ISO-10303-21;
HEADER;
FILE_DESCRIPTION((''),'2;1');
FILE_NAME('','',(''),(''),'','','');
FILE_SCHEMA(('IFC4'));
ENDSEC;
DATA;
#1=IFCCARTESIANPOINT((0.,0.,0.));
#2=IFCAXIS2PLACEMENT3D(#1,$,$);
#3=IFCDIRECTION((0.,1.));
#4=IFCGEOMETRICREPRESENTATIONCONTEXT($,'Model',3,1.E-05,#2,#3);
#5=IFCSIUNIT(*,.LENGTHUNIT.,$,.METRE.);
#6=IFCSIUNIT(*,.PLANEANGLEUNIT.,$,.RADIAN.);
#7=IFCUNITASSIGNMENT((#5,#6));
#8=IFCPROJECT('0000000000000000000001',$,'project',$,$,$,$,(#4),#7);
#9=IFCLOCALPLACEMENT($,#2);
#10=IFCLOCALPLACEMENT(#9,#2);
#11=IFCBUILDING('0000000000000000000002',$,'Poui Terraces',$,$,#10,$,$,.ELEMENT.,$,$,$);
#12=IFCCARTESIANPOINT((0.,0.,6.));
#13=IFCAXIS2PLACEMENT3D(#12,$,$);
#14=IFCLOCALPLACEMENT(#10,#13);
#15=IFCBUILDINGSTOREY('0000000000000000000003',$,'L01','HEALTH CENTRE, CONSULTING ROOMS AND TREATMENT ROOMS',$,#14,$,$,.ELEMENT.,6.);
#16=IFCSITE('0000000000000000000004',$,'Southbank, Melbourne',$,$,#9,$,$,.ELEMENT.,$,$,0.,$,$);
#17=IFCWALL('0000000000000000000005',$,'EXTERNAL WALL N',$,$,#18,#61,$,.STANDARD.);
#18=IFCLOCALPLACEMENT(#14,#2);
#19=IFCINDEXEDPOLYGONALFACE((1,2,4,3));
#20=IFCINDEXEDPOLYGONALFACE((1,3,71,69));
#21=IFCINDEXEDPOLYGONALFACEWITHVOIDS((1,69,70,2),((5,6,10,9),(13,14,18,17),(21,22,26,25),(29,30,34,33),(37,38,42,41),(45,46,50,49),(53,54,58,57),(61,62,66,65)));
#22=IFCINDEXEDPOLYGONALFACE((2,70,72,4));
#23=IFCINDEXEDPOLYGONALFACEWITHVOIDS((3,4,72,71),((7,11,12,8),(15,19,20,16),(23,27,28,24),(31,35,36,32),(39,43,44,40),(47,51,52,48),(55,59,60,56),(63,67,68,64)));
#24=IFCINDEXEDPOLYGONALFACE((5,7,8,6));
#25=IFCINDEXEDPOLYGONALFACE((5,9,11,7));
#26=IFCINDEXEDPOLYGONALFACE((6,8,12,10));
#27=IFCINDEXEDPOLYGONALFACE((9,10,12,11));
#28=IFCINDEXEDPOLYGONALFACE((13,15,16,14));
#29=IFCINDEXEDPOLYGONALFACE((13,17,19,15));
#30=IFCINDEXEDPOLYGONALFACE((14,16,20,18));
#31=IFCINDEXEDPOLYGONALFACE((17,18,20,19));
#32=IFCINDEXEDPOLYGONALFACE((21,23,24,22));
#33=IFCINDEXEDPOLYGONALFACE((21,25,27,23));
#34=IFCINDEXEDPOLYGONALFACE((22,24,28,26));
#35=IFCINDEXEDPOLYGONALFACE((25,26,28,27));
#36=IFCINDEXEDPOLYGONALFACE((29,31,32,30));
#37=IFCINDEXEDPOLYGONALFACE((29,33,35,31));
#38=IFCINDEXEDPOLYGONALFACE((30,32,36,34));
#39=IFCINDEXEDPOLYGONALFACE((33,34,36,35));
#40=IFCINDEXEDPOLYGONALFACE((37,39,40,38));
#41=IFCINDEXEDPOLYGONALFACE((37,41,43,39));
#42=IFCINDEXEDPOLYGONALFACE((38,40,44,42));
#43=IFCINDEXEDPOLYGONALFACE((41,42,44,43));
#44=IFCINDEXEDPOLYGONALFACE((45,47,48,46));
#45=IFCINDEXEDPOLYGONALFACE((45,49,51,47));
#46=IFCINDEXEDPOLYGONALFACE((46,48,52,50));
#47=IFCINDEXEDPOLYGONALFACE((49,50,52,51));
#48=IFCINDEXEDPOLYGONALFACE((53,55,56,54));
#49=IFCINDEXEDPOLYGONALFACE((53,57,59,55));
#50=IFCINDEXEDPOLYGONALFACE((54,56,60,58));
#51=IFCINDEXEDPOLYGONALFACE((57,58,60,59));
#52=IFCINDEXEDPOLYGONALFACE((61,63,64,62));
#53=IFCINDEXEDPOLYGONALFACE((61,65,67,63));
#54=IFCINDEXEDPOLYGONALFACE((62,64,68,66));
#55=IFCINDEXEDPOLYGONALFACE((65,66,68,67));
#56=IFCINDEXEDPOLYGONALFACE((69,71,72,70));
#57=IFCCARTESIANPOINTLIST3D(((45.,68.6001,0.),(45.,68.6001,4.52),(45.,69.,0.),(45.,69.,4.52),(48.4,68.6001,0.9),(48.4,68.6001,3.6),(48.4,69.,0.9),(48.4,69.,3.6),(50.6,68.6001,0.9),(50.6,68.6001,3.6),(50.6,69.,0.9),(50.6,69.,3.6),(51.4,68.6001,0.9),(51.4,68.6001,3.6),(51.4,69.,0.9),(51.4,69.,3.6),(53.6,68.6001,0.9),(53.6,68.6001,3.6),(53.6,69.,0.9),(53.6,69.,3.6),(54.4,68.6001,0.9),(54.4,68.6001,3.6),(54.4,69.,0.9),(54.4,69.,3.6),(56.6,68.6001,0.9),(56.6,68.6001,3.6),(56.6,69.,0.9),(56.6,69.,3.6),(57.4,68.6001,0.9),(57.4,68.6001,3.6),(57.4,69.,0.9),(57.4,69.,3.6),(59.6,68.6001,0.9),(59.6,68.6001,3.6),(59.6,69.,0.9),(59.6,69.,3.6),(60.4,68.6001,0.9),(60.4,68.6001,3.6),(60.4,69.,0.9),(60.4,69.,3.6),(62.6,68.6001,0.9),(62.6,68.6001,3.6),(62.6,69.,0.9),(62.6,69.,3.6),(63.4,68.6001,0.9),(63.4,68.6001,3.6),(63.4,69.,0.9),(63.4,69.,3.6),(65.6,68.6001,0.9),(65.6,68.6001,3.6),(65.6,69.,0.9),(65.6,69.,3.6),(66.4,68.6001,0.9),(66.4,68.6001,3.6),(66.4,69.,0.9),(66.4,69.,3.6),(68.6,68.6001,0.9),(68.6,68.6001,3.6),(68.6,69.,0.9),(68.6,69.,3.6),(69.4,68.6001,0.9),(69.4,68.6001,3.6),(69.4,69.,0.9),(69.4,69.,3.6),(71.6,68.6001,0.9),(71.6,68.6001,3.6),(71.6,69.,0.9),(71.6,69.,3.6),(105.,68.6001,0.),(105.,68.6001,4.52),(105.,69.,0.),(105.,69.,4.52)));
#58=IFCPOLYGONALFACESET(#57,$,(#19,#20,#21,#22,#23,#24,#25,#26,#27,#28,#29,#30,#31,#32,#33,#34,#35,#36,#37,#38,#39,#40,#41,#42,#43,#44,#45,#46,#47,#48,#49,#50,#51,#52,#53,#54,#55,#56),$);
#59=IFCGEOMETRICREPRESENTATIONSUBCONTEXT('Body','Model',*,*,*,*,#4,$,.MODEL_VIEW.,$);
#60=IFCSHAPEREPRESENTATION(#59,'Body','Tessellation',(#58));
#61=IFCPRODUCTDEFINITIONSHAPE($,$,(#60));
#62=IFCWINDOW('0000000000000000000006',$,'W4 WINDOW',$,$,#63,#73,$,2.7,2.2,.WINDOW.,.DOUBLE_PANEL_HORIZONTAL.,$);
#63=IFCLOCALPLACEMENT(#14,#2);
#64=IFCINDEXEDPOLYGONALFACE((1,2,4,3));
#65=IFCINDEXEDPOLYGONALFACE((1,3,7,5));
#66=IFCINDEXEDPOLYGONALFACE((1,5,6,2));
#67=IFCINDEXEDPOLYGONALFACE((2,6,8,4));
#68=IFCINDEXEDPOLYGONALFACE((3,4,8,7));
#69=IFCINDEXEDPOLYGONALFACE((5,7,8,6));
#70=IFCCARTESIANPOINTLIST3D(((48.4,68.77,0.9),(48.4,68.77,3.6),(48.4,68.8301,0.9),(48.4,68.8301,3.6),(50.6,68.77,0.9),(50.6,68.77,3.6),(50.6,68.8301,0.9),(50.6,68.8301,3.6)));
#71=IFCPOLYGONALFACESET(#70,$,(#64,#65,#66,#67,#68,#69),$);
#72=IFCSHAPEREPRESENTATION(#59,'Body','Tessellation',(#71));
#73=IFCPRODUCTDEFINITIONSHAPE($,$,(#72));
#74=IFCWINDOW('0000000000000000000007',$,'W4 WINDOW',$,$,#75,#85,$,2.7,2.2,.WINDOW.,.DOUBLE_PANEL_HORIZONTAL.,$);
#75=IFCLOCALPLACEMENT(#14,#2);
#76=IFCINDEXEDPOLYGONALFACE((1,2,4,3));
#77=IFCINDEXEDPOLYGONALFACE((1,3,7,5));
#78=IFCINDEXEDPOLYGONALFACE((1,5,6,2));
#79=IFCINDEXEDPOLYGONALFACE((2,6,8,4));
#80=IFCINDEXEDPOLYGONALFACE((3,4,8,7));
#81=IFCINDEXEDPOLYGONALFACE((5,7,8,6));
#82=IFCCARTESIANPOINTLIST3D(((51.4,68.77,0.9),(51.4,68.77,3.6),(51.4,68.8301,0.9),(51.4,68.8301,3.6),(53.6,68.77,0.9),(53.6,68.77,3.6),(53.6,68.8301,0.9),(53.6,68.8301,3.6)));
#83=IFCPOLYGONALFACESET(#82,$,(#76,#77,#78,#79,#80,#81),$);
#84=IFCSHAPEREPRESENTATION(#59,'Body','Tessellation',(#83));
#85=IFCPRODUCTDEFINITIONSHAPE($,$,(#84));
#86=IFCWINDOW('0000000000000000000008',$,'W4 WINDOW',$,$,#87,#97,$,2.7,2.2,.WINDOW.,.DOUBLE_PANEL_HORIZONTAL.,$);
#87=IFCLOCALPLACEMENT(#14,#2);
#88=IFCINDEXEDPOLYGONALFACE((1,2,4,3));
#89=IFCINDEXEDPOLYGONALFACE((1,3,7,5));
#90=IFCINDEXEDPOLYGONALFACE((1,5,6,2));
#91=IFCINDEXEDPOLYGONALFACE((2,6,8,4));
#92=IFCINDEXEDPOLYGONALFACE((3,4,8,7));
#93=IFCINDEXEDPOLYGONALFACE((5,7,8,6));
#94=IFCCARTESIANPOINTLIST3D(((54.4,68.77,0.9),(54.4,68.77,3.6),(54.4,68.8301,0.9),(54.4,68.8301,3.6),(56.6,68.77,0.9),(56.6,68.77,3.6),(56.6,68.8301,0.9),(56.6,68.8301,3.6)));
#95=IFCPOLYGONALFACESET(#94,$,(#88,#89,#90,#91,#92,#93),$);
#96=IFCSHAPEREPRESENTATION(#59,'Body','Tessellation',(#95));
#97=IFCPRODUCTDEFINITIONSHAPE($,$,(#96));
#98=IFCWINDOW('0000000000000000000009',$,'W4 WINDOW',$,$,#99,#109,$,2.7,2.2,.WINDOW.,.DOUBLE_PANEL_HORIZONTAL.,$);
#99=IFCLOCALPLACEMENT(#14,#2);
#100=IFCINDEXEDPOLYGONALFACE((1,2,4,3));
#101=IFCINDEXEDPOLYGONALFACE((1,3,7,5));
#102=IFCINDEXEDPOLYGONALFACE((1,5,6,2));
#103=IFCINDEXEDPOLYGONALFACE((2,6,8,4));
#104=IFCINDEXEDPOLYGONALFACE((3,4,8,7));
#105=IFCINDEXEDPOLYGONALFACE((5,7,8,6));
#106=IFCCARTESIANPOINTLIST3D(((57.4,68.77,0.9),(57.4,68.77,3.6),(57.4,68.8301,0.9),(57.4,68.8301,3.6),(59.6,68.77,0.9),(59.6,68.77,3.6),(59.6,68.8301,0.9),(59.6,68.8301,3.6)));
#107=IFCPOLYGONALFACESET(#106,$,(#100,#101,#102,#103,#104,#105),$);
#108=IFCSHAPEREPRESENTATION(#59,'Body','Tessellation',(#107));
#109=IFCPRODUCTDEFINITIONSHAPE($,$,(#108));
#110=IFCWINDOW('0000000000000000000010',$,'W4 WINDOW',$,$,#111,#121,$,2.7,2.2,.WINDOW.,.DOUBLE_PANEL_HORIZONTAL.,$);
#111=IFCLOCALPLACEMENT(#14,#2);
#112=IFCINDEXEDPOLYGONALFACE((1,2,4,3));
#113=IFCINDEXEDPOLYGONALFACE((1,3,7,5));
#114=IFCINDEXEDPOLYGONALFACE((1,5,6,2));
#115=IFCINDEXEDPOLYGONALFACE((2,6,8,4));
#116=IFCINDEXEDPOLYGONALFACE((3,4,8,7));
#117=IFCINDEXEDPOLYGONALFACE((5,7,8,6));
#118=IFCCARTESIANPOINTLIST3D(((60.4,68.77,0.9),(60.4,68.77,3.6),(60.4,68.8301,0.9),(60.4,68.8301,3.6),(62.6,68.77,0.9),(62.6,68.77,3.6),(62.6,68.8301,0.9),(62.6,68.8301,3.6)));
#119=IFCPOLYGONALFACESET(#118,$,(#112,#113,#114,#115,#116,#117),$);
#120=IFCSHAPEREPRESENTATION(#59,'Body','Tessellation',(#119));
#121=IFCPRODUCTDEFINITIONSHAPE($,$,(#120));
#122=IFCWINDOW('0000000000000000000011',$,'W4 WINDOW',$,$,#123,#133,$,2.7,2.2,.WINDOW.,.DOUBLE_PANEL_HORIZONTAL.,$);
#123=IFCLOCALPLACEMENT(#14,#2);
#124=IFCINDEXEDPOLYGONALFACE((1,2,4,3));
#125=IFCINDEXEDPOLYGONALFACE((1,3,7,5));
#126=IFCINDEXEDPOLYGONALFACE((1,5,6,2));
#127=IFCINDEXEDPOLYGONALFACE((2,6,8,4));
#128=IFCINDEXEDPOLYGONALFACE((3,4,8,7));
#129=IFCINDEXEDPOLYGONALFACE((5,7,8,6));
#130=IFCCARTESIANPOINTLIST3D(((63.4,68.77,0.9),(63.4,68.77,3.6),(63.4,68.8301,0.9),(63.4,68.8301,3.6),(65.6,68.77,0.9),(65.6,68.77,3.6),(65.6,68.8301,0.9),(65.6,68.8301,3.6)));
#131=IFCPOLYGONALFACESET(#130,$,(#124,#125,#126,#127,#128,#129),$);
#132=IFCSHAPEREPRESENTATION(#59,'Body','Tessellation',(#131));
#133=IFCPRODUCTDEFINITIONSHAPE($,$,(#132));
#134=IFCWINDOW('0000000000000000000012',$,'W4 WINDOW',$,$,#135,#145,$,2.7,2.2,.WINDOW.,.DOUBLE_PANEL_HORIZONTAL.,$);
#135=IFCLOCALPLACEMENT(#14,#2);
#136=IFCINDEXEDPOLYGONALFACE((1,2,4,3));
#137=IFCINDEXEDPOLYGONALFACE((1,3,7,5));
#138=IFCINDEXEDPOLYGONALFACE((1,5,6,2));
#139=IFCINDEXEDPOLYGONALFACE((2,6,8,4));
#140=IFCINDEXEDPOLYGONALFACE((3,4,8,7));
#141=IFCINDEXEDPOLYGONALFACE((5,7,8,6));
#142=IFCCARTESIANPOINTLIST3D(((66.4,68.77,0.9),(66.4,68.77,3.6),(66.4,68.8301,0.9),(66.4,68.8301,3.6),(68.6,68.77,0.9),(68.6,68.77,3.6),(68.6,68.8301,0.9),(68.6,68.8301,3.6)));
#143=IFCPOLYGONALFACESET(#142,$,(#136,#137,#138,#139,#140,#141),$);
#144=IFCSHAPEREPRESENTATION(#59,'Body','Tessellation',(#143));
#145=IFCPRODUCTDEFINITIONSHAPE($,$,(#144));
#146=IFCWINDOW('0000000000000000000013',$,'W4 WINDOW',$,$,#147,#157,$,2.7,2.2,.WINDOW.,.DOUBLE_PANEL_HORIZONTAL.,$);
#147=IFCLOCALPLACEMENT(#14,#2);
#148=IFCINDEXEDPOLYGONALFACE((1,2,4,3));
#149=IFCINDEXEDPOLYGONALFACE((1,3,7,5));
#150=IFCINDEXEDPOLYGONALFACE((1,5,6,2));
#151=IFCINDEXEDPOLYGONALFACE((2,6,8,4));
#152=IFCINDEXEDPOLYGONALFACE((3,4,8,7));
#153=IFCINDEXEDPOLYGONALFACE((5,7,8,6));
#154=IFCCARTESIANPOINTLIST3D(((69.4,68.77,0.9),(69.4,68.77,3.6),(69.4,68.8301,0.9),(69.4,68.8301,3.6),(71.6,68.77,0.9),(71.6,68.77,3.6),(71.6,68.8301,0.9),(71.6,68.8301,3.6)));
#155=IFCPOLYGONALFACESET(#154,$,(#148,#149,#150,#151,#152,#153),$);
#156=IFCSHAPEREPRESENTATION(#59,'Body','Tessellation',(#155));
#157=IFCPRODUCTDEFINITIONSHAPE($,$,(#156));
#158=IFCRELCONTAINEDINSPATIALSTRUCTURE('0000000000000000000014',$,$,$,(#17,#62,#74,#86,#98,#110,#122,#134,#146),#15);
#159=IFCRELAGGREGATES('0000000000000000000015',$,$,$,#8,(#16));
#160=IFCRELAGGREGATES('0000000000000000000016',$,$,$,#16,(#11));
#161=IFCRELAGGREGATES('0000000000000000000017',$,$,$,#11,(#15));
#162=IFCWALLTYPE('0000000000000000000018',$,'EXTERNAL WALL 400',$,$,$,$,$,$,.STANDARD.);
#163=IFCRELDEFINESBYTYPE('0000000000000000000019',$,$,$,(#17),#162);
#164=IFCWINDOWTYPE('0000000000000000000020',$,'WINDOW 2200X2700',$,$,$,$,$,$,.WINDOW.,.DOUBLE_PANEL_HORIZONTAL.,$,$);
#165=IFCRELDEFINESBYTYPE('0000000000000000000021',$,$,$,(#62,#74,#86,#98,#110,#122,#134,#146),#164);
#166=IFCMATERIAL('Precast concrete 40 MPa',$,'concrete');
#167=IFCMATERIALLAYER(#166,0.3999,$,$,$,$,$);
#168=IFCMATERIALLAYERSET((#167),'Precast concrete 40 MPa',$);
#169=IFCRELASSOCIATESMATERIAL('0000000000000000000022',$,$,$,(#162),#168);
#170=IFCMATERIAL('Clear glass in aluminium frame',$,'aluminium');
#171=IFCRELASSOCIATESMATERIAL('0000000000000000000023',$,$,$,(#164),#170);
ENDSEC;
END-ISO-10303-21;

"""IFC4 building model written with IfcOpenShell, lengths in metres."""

from ifc_helpers import new_model, si_unit, direction, frame, frame_2d, origin, place, context, subcontext, project, spatial, rectangle, extrude, material, layer, layer_set, type_object, element, fill, save


model = new_model("IFC4")

# Units and contexts
model_context = context("Model", 3, precision=1e-05, world=origin(), true_north=direction((0.0, 1.0)))
body_context = subcontext(model_context, "Body", "Model", "MODEL_VIEW")
ifc_project = project(units=[si_unit("LENGTHUNIT", "METRE"), si_unit("PLANEANGLEUNIT", "RADIAN")], contexts=[model_context])

# Site, building, storey
site_placement = place(None, origin())
site = spatial("IfcSite", under=ifc_project, at=site_placement, Name="Southbank, Melbourne", CompositionType="ELEMENT", RefElevation=0.0)
building_placement = place(site_placement, origin())
building = spatial("IfcBuilding", under=site, at=building_placement, Name="Poui Terraces", CompositionType="ELEMENT")
storey_placement = place(building_placement, frame((0.0, 0.0, 6.0)))
storey = spatial("IfcBuildingStorey", under=building, at=storey_placement, Name="L01", Description="HEALTH CENTRE, CONSULTING ROOMS AND TREATMENT ROOMS", CompositionType="ELEMENT", Elevation=6.0)

# Wall, openings, windows
ifc_material_1 = material(Name="Precast concrete 40 MPa", Category="concrete")
ifc_layer_1 = layer(ifc_material_1, 0.3999)
ifc_layer_set_1 = layer_set([ifc_layer_1], Name="Precast concrete 40 MPa")
wall_type_1 = type_object("IfcWallType", Name="EXTERNAL WALL 400", PredefinedType="STANDARD", material=ifc_layer_set_1)
wall_1_placement = place(storey_placement, frame((105.0, 68.8, 0.0), z_axis=(0.0, 0.0, 1.0), x_axis=(-1.0, 0.0, 0.0)))
wall_1 = element("IfcWall", 1, at=wall_1_placement, inside=storey, type_object=wall_type_1, Name="EXTERNAL WALL N", PredefinedType="STANDARD", context=body_context, shape_type="SweptSolid", body=[
    extrude(rectangle(XDim=60.0, YDim=0.3999, at=frame_2d((30.0, 0.0))), origin(), (0.0, 0.0, 1.0), 4.52),
])
opening_1_placement = place(wall_1_placement, frame((54.3999, 0.0, 0.8999)))
opening_1 = element("IfcOpeningElement", 2, at=opening_1_placement, cuts=wall_1, PredefinedType="OPENING", context=body_context, shape_type="SweptSolid", body=[
    extrude(rectangle(XDim=2.2, YDim=2.7, at=frame_2d((1.1001, 1.3501))), frame((0.0, 0.21, 0.0), z_axis=(0.0, -1.0, 0.0), x_axis=(1.0, 0.0, 0.0)), (0.0, 0.0, 1.0), 0.4199),
])
opening_2_placement = place(wall_1_placement, frame((51.3999, 0.0, 0.8999)))
opening_2 = element("IfcOpeningElement", 3, at=opening_2_placement, cuts=wall_1, PredefinedType="OPENING", context=body_context, shape_type="SweptSolid", body=[
    extrude(rectangle(XDim=2.2, YDim=2.7, at=frame_2d((1.1001, 1.3501))), frame((0.0, 0.21, 0.0), z_axis=(0.0, -1.0, 0.0), x_axis=(1.0, 0.0, 0.0)), (0.0, 0.0, 1.0), 0.4199),
])
opening_3_placement = place(wall_1_placement, frame((48.3999, 0.0, 0.8999)))
opening_3 = element("IfcOpeningElement", 4, at=opening_3_placement, cuts=wall_1, PredefinedType="OPENING", context=body_context, shape_type="SweptSolid", body=[
    extrude(rectangle(XDim=2.2, YDim=2.7, at=frame_2d((1.1001, 1.3501))), frame((0.0, 0.21, 0.0), z_axis=(0.0, -1.0, 0.0), x_axis=(1.0, 0.0, 0.0)), (0.0, 0.0, 1.0), 0.4199),
])
opening_4_placement = place(wall_1_placement, frame((45.3999, 0.0, 0.8999)))
opening_4 = element("IfcOpeningElement", 5, at=opening_4_placement, cuts=wall_1, PredefinedType="OPENING", context=body_context, shape_type="SweptSolid", body=[
    extrude(rectangle(XDim=2.2, YDim=2.7, at=frame_2d((1.1001, 1.3501))), frame((0.0, 0.21, 0.0), z_axis=(0.0, -1.0, 0.0), x_axis=(1.0, 0.0, 0.0)), (0.0, 0.0, 1.0), 0.4199),
])
opening_5_placement = place(wall_1_placement, frame((42.3999, 0.0, 0.8999)))
opening_5 = element("IfcOpeningElement", 6, at=opening_5_placement, cuts=wall_1, PredefinedType="OPENING", context=body_context, shape_type="SweptSolid", body=[
    extrude(rectangle(XDim=2.2, YDim=2.7, at=frame_2d((1.1001, 1.3501))), frame((0.0, 0.21, 0.0), z_axis=(0.0, -1.0, 0.0), x_axis=(1.0, 0.0, 0.0)), (0.0, 0.0, 1.0), 0.4199),
])
opening_6_placement = place(wall_1_placement, frame((39.3999, 0.0, 0.8999)))
opening_6 = element("IfcOpeningElement", 7, at=opening_6_placement, cuts=wall_1, PredefinedType="OPENING", context=body_context, shape_type="SweptSolid", body=[
    extrude(rectangle(XDim=2.2, YDim=2.7, at=frame_2d((1.1001, 1.3501))), frame((0.0, 0.21, 0.0), z_axis=(0.0, -1.0, 0.0), x_axis=(1.0, 0.0, 0.0)), (0.0, 0.0, 1.0), 0.4199),
])
opening_7_placement = place(wall_1_placement, frame((36.3999, 0.0, 0.8999)))
opening_7 = element("IfcOpeningElement", 8, at=opening_7_placement, cuts=wall_1, PredefinedType="OPENING", context=body_context, shape_type="SweptSolid", body=[
    extrude(rectangle(XDim=2.2, YDim=2.7, at=frame_2d((1.1001, 1.3501))), frame((0.0, 0.21, 0.0), z_axis=(0.0, -1.0, 0.0), x_axis=(1.0, 0.0, 0.0)), (0.0, 0.0, 1.0), 0.4199),
])
opening_8_placement = place(wall_1_placement, frame((33.3999, 0.0, 0.8999)))
opening_8 = element("IfcOpeningElement", 9, at=opening_8_placement, cuts=wall_1, PredefinedType="OPENING", context=body_context, shape_type="SweptSolid", body=[
    extrude(rectangle(XDim=2.2, YDim=2.7, at=frame_2d((1.1001, 1.3501))), frame((0.0, 0.21, 0.0), z_axis=(0.0, -1.0, 0.0), x_axis=(1.0, 0.0, 0.0)), (0.0, 0.0, 1.0), 0.4199),
])
ifc_material_2 = material(Name="Clear glass in aluminium frame", Category="aluminium")
window_type = type_object("IfcWindowType", Name="WINDOW 2200X2700", PartitioningType="DOUBLE_PANEL_HORIZONTAL", PredefinedType="WINDOW", material=ifc_material_2)
window_1_placement = place(opening_1_placement, origin())
window_1 = element("IfcWindow", 10, at=window_1_placement, inside=storey, type_object=window_type, Name="W4 WINDOW", OverallHeight=2.7, OverallWidth=2.2, PartitioningType="DOUBLE_PANEL_HORIZONTAL", PredefinedType="WINDOW", context=body_context, shape_type="SweptSolid", body=[
    extrude(rectangle(XDim=2.2, YDim=2.7, at=frame_2d((1.1001, 1.3501))), frame((0.0, 0.03, 0.0), z_axis=(0.0, -1.0, 0.0), x_axis=(1.0, 0.0, 0.0)), (0.0, 0.0, 1.0), 0.0601),
])
fill(opening_1, window_1)
window_2_placement = place(opening_2_placement, origin())
window_2 = element("IfcWindow", 11, at=window_2_placement, inside=storey, type_object=window_type, Name="W4 WINDOW", OverallHeight=2.7, OverallWidth=2.2, PartitioningType="DOUBLE_PANEL_HORIZONTAL", PredefinedType="WINDOW", context=body_context, shape_type="SweptSolid", body=[
    extrude(rectangle(XDim=2.2, YDim=2.7, at=frame_2d((1.1001, 1.3501))), frame((0.0, 0.03, 0.0), z_axis=(0.0, -1.0, 0.0), x_axis=(1.0, 0.0, 0.0)), (0.0, 0.0, 1.0), 0.0601),
])
fill(opening_2, window_2)
window_3_placement = place(opening_3_placement, origin())
window_3 = element("IfcWindow", 12, at=window_3_placement, inside=storey, type_object=window_type, Name="W4 WINDOW", OverallHeight=2.7, OverallWidth=2.2, PartitioningType="DOUBLE_PANEL_HORIZONTAL", PredefinedType="WINDOW", context=body_context, shape_type="SweptSolid", body=[
    extrude(rectangle(XDim=2.2, YDim=2.7, at=frame_2d((1.1001, 1.3501))), frame((0.0, 0.03, 0.0), z_axis=(0.0, -1.0, 0.0), x_axis=(1.0, 0.0, 0.0)), (0.0, 0.0, 1.0), 0.0601),
])
fill(opening_3, window_3)
window_4_placement = place(opening_4_placement, origin())
window_4 = element("IfcWindow", 13, at=window_4_placement, inside=storey, type_object=window_type, Name="W4 WINDOW", OverallHeight=2.7, OverallWidth=2.2, PartitioningType="DOUBLE_PANEL_HORIZONTAL", PredefinedType="WINDOW", context=body_context, shape_type="SweptSolid", body=[
    extrude(rectangle(XDim=2.2, YDim=2.7, at=frame_2d((1.1001, 1.3501))), frame((0.0, 0.03, 0.0), z_axis=(0.0, -1.0, 0.0), x_axis=(1.0, 0.0, 0.0)), (0.0, 0.0, 1.0), 0.0601),
])
fill(opening_4, window_4)
window_5_placement = place(opening_5_placement, origin())
window_5 = element("IfcWindow", 14, at=window_5_placement, inside=storey, type_object=window_type, Name="W4 WINDOW", OverallHeight=2.7, OverallWidth=2.2, PartitioningType="DOUBLE_PANEL_HORIZONTAL", PredefinedType="WINDOW", context=body_context, shape_type="SweptSolid", body=[
    extrude(rectangle(XDim=2.2, YDim=2.7, at=frame_2d((1.1001, 1.3501))), frame((0.0, 0.03, 0.0), z_axis=(0.0, -1.0, 0.0), x_axis=(1.0, 0.0, 0.0)), (0.0, 0.0, 1.0), 0.0601),
])
fill(opening_5, window_5)
window_6_placement = place(opening_6_placement, origin())
window_6 = element("IfcWindow", 15, at=window_6_placement, inside=storey, type_object=window_type, Name="W4 WINDOW", OverallHeight=2.7, OverallWidth=2.2, PartitioningType="DOUBLE_PANEL_HORIZONTAL", PredefinedType="WINDOW", context=body_context, shape_type="SweptSolid", body=[
    extrude(rectangle(XDim=2.2, YDim=2.7, at=frame_2d((1.1001, 1.3501))), frame((0.0, 0.03, 0.0), z_axis=(0.0, -1.0, 0.0), x_axis=(1.0, 0.0, 0.0)), (0.0, 0.0, 1.0), 0.0601),
])
fill(opening_6, window_6)
window_7_placement = place(opening_7_placement, origin())
window_7 = element("IfcWindow", 16, at=window_7_placement, inside=storey, type_object=window_type, Name="W4 WINDOW", OverallHeight=2.7, OverallWidth=2.2, PartitioningType="DOUBLE_PANEL_HORIZONTAL", PredefinedType="WINDOW", context=body_context, shape_type="SweptSolid", body=[
    extrude(rectangle(XDim=2.2, YDim=2.7, at=frame_2d((1.1001, 1.3501))), frame((0.0, 0.03, 0.0), z_axis=(0.0, -1.0, 0.0), x_axis=(1.0, 0.0, 0.0)), (0.0, 0.0, 1.0), 0.0601),
])
fill(opening_7, window_7)
window_8_placement = place(opening_8_placement, origin())
window_8 = element("IfcWindow", 17, at=window_8_placement, inside=storey, type_object=window_type, Name="W4 WINDOW", OverallHeight=2.7, OverallWidth=2.2, PartitioningType="DOUBLE_PANEL_HORIZONTAL", PredefinedType="WINDOW", context=body_context, shape_type="SweptSolid", body=[
    extrude(rectangle(XDim=2.2, YDim=2.7, at=frame_2d((1.1001, 1.3501))), frame((0.0, 0.03, 0.0), z_axis=(0.0, -1.0, 0.0), x_axis=(1.0, 0.0, 0.0)), (0.0, 0.0, 1.0), 0.0601),
])
fill(opening_8, window_8)

save(model, "model.ifc")
